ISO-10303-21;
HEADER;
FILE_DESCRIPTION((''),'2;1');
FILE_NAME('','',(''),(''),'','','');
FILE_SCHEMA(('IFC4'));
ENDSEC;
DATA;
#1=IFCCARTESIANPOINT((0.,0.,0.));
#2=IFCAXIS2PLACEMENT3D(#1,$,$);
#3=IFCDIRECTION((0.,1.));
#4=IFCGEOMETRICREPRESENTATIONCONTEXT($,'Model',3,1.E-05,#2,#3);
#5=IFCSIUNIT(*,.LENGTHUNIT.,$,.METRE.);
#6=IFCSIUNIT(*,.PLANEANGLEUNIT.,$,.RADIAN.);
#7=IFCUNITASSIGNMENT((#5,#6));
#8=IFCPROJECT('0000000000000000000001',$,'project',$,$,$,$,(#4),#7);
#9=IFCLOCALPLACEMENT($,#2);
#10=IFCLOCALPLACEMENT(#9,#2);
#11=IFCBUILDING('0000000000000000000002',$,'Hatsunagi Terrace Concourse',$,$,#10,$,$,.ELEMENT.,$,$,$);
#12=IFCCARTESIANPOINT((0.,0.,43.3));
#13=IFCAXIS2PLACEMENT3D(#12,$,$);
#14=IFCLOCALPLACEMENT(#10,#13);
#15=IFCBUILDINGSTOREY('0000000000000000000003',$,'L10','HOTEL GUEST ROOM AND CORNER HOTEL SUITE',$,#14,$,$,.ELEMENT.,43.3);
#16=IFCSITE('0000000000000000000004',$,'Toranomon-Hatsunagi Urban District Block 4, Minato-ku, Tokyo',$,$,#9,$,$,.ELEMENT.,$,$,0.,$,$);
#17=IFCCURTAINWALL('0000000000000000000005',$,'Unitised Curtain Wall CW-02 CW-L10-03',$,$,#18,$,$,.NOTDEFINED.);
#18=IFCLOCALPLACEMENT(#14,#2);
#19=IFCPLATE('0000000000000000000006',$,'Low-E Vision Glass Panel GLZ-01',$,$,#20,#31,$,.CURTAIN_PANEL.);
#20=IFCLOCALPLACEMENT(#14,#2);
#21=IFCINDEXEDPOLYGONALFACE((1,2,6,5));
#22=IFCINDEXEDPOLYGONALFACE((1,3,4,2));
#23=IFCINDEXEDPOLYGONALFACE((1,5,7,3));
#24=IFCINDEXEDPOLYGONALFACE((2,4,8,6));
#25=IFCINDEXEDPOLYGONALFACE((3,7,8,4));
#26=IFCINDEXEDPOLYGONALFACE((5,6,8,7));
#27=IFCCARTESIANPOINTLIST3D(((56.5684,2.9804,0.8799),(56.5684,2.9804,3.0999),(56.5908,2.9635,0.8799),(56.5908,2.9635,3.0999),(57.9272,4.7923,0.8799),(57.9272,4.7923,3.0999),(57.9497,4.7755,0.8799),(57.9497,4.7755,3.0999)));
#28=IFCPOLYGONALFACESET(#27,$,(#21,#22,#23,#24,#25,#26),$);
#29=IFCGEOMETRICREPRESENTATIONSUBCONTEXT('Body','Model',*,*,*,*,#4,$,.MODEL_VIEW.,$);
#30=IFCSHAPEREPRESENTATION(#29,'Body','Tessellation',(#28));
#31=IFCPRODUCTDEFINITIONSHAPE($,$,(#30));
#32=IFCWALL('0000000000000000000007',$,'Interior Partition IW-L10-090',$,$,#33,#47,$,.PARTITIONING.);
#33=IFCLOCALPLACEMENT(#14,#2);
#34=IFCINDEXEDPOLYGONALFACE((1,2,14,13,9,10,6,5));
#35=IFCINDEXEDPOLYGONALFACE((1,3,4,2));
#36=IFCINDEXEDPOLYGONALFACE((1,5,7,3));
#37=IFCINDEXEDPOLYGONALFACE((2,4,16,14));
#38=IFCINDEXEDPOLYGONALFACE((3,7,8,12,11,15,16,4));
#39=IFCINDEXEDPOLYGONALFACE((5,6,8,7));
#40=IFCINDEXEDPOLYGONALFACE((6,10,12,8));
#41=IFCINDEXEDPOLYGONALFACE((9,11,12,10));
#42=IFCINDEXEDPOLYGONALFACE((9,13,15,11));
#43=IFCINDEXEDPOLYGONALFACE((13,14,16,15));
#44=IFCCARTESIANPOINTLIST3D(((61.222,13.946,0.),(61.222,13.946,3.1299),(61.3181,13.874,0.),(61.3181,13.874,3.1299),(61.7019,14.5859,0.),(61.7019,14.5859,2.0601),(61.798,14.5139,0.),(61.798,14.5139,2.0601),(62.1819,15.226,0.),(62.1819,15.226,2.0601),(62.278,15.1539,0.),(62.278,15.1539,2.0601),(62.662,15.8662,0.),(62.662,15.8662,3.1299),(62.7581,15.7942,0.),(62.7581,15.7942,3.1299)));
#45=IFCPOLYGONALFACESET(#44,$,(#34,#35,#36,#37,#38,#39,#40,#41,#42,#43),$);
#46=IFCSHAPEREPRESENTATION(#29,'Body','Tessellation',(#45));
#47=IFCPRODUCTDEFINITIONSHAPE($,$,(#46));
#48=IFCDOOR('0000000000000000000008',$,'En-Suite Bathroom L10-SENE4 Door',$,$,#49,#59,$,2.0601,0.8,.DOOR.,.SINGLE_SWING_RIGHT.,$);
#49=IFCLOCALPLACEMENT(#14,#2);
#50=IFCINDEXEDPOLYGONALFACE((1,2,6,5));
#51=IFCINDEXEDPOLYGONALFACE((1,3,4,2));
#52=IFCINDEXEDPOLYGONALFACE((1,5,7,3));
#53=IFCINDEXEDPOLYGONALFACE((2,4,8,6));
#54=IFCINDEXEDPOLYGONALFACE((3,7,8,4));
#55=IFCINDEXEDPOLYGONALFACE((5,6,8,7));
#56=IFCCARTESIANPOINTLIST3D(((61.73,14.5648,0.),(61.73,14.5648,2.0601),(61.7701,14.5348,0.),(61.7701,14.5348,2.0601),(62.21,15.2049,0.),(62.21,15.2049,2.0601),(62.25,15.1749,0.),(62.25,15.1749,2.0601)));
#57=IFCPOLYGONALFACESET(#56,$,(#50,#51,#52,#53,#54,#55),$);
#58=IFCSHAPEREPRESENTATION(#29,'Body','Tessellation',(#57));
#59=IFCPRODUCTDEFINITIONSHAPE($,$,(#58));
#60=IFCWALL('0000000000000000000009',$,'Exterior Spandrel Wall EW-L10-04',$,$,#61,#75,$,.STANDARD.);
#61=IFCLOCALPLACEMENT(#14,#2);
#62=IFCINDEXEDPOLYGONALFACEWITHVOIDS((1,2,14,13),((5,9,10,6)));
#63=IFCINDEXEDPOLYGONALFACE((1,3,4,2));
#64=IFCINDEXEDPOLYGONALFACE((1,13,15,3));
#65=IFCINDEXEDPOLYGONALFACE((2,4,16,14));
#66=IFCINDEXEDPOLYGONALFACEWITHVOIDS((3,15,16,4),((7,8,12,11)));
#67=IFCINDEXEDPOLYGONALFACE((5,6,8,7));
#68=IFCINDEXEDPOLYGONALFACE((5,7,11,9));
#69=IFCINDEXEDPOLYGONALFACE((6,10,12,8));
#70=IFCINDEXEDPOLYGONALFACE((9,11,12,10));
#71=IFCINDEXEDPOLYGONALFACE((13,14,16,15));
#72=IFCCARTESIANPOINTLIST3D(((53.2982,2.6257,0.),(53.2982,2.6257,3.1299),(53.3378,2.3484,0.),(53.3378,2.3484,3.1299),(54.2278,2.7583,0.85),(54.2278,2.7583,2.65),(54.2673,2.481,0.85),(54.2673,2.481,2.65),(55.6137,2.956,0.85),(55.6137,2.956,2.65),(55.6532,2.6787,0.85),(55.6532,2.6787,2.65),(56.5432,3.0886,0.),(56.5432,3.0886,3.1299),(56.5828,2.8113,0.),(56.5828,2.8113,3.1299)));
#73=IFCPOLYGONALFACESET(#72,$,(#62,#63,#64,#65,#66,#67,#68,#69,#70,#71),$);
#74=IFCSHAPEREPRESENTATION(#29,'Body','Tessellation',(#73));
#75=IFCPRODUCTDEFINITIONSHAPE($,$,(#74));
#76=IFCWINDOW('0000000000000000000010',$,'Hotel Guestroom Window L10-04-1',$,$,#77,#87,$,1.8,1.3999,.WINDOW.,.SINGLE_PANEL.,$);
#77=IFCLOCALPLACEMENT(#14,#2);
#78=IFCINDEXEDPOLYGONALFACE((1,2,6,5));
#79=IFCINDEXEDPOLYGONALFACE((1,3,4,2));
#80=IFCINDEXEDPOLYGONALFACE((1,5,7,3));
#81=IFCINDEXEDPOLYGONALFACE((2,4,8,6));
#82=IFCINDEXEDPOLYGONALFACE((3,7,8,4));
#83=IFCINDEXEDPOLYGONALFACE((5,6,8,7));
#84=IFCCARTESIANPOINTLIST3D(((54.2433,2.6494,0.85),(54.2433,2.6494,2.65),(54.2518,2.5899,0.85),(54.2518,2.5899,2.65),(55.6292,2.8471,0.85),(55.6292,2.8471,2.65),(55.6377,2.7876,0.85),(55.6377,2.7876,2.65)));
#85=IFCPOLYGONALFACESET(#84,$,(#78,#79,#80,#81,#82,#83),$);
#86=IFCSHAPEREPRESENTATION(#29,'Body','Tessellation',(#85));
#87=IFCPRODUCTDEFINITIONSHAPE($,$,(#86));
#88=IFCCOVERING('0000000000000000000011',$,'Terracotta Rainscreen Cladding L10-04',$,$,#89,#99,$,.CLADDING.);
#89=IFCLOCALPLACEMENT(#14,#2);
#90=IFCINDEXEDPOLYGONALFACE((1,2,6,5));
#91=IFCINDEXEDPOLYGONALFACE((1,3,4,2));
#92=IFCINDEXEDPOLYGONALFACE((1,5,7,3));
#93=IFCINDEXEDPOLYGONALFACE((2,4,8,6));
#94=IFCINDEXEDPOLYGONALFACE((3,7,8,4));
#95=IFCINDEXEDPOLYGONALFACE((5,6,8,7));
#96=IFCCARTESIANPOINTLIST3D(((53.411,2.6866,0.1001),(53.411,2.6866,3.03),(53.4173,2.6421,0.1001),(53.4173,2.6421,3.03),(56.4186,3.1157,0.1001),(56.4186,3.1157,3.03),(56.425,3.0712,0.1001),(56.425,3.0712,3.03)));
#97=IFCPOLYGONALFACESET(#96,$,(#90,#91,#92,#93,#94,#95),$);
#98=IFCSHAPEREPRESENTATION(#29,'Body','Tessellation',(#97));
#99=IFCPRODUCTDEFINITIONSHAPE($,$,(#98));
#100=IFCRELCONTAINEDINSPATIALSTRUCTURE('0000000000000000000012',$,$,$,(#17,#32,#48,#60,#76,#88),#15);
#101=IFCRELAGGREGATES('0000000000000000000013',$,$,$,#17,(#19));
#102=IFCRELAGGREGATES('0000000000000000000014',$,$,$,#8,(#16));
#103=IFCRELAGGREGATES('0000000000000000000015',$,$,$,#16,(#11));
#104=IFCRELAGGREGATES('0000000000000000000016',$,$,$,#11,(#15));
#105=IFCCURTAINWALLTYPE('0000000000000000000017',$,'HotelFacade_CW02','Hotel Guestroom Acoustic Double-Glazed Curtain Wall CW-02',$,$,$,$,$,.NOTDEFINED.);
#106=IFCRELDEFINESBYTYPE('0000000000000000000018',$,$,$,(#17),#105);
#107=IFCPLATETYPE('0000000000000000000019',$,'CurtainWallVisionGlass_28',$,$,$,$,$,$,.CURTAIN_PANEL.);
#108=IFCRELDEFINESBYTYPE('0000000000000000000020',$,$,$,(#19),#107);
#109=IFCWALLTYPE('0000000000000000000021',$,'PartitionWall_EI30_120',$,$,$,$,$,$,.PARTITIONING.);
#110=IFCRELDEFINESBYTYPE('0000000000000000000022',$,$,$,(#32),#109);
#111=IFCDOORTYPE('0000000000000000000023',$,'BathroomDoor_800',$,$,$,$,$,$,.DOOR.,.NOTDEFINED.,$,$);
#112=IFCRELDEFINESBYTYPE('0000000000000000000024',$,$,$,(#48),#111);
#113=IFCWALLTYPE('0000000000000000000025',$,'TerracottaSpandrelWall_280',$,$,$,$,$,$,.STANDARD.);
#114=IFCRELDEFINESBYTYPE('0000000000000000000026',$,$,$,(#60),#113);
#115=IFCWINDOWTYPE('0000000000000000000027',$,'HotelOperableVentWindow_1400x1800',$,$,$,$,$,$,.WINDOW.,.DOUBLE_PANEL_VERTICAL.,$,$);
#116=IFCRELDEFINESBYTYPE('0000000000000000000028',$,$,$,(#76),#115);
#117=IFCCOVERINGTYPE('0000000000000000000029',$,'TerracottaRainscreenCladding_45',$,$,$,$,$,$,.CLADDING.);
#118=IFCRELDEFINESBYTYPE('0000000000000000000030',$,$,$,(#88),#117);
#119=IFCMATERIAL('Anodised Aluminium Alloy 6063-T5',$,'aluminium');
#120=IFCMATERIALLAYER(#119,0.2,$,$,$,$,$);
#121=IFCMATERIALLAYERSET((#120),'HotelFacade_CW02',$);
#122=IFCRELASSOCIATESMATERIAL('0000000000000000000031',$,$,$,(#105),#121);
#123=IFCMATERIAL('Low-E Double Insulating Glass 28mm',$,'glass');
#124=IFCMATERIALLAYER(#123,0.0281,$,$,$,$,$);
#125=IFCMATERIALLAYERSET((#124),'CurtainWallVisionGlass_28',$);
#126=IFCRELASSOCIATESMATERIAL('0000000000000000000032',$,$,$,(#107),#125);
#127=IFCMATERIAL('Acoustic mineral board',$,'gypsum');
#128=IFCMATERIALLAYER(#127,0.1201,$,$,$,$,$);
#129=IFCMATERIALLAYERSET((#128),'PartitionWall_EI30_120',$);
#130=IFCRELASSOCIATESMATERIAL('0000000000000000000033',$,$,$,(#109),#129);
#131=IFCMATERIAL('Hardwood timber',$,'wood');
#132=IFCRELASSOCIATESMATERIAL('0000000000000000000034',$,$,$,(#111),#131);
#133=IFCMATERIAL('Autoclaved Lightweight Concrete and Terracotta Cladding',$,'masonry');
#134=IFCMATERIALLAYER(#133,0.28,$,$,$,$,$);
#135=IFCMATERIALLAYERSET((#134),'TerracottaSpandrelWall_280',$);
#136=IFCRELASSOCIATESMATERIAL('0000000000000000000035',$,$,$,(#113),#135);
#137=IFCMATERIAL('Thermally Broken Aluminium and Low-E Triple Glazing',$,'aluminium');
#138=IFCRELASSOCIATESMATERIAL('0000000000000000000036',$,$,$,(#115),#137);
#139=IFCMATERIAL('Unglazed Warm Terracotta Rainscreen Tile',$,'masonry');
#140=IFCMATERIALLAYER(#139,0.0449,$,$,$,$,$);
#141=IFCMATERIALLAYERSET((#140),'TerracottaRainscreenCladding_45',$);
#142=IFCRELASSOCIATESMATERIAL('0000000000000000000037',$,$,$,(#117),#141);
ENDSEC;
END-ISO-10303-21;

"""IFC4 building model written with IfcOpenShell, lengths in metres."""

from ifc_helpers import new_model, si_unit, direction, frame, frame_2d, origin, origin_2d, place, context, subcontext, project, spatial, rectangle, extrude, material, layer, layer_set, type_object, element, fill, aggregate, save


model = new_model("IFC4")

# Units and contexts
model_context = context("Model", 3, precision=1e-05, world=origin(), true_north=direction((0.0, 1.0)))
body_context = subcontext(model_context, "Body", "Model", "MODEL_VIEW")
ifc_project = project(units=[si_unit("LENGTHUNIT", "METRE"), si_unit("PLANEANGLEUNIT", "RADIAN")], contexts=[model_context])

# Site, building, storey
site_placement = place(None, origin())
site = spatial("IfcSite", under=ifc_project, at=site_placement, Name="Toranomon-Hatsunagi Urban District Block 4, Minato-ku, Tokyo", CompositionType="ELEMENT", RefElevation=0.0)
building_placement = place(site_placement, origin())
building = spatial("IfcBuilding", under=site, at=building_placement, Name="Hatsunagi Terrace Concourse", CompositionType="ELEMENT")
storey_placement = place(building_placement, frame((0.0, 0.0, 43.3)))
storey = spatial("IfcBuildingStorey", under=building, at=storey_placement, Name="L10", Description="HOTEL GUEST ROOM AND CORNER HOTEL SUITE", CompositionType="ELEMENT", Elevation=43.3)

# Curtain wall
ifc_material_1 = material(Name="Anodised Aluminium Alloy 6063-T5", Category="aluminium")
ifc_layer_1 = layer(ifc_material_1, 0.2)
ifc_layer_set_1 = layer_set([ifc_layer_1], Name="HotelFacade_CW02")
curtain_wall_type = type_object("IfcCurtainWallType", Name="HotelFacade_CW02", Description="Hotel Guestroom Acoustic Double-Glazed Curtain Wall CW-02", PredefinedType="NOTDEFINED", material=ifc_layer_set_1)
curtain_wall_placement = place(storey_placement, origin())
curtain_wall = element("IfcCurtainWall", 1, at=curtain_wall_placement, inside=storey, type_object=curtain_wall_type, Name="Unitised Curtain Wall CW-02 CW-L10-03", PredefinedType="NOTDEFINED")

# Plate
ifc_material_2 = material(Name="Low-E Double Insulating Glass 28mm", Category="glass")
ifc_layer_2 = layer(ifc_material_2, 0.0281)
ifc_layer_set_2 = layer_set([ifc_layer_2], Name="CurtainWallVisionGlass_28")
plate_type_1 = type_object("IfcPlateType", Name="CurtainWallVisionGlass_28", PredefinedType="CURTAIN_PANEL", material=ifc_layer_set_2)
plate_1_placement = place(storey_placement, frame((57.259, 3.8779, 0.8799), z_axis=(0.0, 0.0, 1.0), x_axis=(-0.599969, -0.800023, 0.0)))
plate_1 = element("IfcPlate", 2, at=plate_1_placement, type_object=plate_type_1, Name="Low-E Vision Glass Panel GLZ-01", PredefinedType="CURTAIN_PANEL", context=body_context, shape_type="SweptSolid", body=[
    extrude(rectangle(XDim=2.2649, YDim=0.0281, at=origin_2d()), origin(), (0.0, 0.0, 1.0), 2.22),
])
aggregate(curtain_wall, [plate_1])

# Wall, opening, door
ifc_material_3 = material(Name="Acoustic mineral board", Category="gypsum")
ifc_layer_3 = layer(ifc_material_3, 0.1201)
ifc_layer_set_3 = layer_set([ifc_layer_3], Name="PartitionWall_EI30_120")
wall_type_1 = type_object("IfcWallType", Name="PartitionWall_EI30_120", PredefinedType="PARTITIONING", material=ifc_layer_set_3)
wall_1_placement = place(storey_placement, frame((61.27, 13.9099, 0.0), z_axis=(0.0, 0.0, 1.0), x_axis=(0.599951, 0.800037, 0.0)))
wall_1 = element("IfcWall", 3, at=wall_1_placement, inside=storey, type_object=wall_type_1, Name="Interior Partition IW-L10-090", PredefinedType="PARTITIONING", context=body_context, shape_type="SweptSolid", body=[
    extrude(rectangle(XDim=2.4001, YDim=0.1201, at=frame_2d((1.2002, 0.0))), origin(), (0.0, 0.0, 1.0), 3.1299),
])
opening_1_placement = place(wall_1_placement, frame((0.8, 0.0, 0.0)))
opening_1 = element("IfcOpeningElement", 4, at=opening_1_placement, cuts=wall_1, PredefinedType="OPENING", context=body_context, shape_type="SweptSolid", body=[
    extrude(rectangle(XDim=0.8, YDim=2.0601, at=frame_2d((0.3999, 1.03))), frame((0.0, 0.0701, 0.0), z_axis=(0.0, -1.0, 0.0), x_axis=(1.0, 0.0, 0.0)), (0.0, 0.0, 1.0), 0.1401),
])
ifc_material_4 = material(Name="Hardwood timber", Category="wood")
door_type_1 = type_object("IfcDoorType", Name="BathroomDoor_800", OperationType="NOTDEFINED", PredefinedType="DOOR", material=ifc_material_4)
door_1_placement = place(opening_1_placement, origin())
door_1 = element("IfcDoor", 5, at=door_1_placement, inside=storey, type_object=door_type_1, Name="En-Suite Bathroom L10-SENE4 Door", OperationType="SINGLE_SWING_RIGHT", OverallHeight=2.0601, OverallWidth=0.8, PredefinedType="DOOR", context=body_context, shape_type="SweptSolid", body=[
    extrude(rectangle(XDim=0.8, YDim=2.0601, at=frame_2d((0.3999, 1.03))), frame((0.0, 0.0249, 0.0), z_axis=(0.0, -1.0, 0.0), x_axis=(1.0, 0.0, 0.0)), (0.0, 0.0, 1.0), 0.05),
])
fill(opening_1, door_1)

# Wall, opening, window
ifc_material_5 = material(Name="Autoclaved Lightweight Concrete and Terracotta Cladding", Category="masonry")
ifc_layer_4 = layer(ifc_material_5, 0.28)
ifc_layer_set_4 = layer_set([ifc_layer_4], Name="TerracottaSpandrelWall_280")
wall_type_2 = type_object("IfcWallType", Name="TerracottaSpandrelWall_280", PredefinedType="STANDARD", material=ifc_layer_set_4)
wall_2_placement = place(storey_placement, frame((56.563, 2.95, 0.0), z_axis=(0.0, 0.0, 1.0), x_axis=(-0.989978, -0.141223, 0.0)))
wall_2 = element("IfcWall", 6, at=wall_2_placement, inside=storey, type_object=wall_type_2, Name="Exterior Spandrel Wall EW-L10-04", PredefinedType="STANDARD", context=body_context, shape_type="SweptSolid", body=[
    extrude(rectangle(XDim=3.2778, YDim=0.28, at=frame_2d((1.6389, 0.0))), origin(), (0.0, 0.0, 1.0), 3.1299),
])
opening_2_placement = place(wall_2_placement, frame((0.939, 0.0, 0.8501)))
opening_2 = element("IfcOpeningElement", 7, at=opening_2_placement, cuts=wall_2, PredefinedType="OPENING", context=body_context, shape_type="SweptSolid", body=[
    extrude(rectangle(XDim=1.3999, YDim=1.8, at=frame_2d((0.7, 0.8999))), frame((0.0, 0.1499, 0.0), z_axis=(0.0, -1.0, 0.0), x_axis=(1.0, 0.0, 0.0)), (0.0, 0.0, 1.0), 0.3),
])
ifc_material_6 = material(Name="Thermally Broken Aluminium and Low-E Triple Glazing", Category="aluminium")
window_type = type_object("IfcWindowType", Name="HotelOperableVentWindow_1400x1800", PartitioningType="DOUBLE_PANEL_VERTICAL", PredefinedType="WINDOW", material=ifc_material_6)
window_placement = place(opening_2_placement, origin())
window = element("IfcWindow", 8, at=window_placement, inside=storey, type_object=window_type, Name="Hotel Guestroom Window L10-04-1", OverallHeight=1.8, OverallWidth=1.3999, PartitioningType="SINGLE_PANEL", PredefinedType="WINDOW", context=body_context, shape_type="SweptSolid", body=[
    extrude(rectangle(XDim=1.3999, YDim=1.8, at=frame_2d((0.7, 0.8999))), frame((0.0, 0.03, 0.0), z_axis=(0.0, -1.0, 0.0), x_axis=(1.0, 0.0, 0.0)), (0.0, 0.0, 1.0), 0.0601),
])
fill(opening_2, window)

# Covering
ifc_material_7 = material(Name="Unglazed Warm Terracotta Rainscreen Tile", Category="masonry")
ifc_layer_5 = layer(ifc_material_7, 0.0449)
ifc_layer_set_5 = layer_set([ifc_layer_5], Name="TerracottaRainscreenCladding_45")
covering_type = type_object("IfcCoveringType", Name="TerracottaRainscreenCladding_45", PredefinedType="CLADDING", material=ifc_layer_set_5)
covering_placement = place(storey_placement, frame((54.918, 2.8789, 0.1001), z_axis=(0.0, 0.0, 1.0), x_axis=(-0.989974, -0.14125, 0.0)))
element("IfcCovering", 9, at=covering_placement, inside=storey, type_object=covering_type, Name="Terracotta Rainscreen Cladding L10-04", PredefinedType="CLADDING", context=body_context, shape_type="SweptSolid", body=[
    extrude(rectangle(XDim=3.0381, YDim=0.0449, at=origin_2d()), origin(), (0.0, 0.0, 1.0), 2.9299),
])

save(model, "model.ifc")
